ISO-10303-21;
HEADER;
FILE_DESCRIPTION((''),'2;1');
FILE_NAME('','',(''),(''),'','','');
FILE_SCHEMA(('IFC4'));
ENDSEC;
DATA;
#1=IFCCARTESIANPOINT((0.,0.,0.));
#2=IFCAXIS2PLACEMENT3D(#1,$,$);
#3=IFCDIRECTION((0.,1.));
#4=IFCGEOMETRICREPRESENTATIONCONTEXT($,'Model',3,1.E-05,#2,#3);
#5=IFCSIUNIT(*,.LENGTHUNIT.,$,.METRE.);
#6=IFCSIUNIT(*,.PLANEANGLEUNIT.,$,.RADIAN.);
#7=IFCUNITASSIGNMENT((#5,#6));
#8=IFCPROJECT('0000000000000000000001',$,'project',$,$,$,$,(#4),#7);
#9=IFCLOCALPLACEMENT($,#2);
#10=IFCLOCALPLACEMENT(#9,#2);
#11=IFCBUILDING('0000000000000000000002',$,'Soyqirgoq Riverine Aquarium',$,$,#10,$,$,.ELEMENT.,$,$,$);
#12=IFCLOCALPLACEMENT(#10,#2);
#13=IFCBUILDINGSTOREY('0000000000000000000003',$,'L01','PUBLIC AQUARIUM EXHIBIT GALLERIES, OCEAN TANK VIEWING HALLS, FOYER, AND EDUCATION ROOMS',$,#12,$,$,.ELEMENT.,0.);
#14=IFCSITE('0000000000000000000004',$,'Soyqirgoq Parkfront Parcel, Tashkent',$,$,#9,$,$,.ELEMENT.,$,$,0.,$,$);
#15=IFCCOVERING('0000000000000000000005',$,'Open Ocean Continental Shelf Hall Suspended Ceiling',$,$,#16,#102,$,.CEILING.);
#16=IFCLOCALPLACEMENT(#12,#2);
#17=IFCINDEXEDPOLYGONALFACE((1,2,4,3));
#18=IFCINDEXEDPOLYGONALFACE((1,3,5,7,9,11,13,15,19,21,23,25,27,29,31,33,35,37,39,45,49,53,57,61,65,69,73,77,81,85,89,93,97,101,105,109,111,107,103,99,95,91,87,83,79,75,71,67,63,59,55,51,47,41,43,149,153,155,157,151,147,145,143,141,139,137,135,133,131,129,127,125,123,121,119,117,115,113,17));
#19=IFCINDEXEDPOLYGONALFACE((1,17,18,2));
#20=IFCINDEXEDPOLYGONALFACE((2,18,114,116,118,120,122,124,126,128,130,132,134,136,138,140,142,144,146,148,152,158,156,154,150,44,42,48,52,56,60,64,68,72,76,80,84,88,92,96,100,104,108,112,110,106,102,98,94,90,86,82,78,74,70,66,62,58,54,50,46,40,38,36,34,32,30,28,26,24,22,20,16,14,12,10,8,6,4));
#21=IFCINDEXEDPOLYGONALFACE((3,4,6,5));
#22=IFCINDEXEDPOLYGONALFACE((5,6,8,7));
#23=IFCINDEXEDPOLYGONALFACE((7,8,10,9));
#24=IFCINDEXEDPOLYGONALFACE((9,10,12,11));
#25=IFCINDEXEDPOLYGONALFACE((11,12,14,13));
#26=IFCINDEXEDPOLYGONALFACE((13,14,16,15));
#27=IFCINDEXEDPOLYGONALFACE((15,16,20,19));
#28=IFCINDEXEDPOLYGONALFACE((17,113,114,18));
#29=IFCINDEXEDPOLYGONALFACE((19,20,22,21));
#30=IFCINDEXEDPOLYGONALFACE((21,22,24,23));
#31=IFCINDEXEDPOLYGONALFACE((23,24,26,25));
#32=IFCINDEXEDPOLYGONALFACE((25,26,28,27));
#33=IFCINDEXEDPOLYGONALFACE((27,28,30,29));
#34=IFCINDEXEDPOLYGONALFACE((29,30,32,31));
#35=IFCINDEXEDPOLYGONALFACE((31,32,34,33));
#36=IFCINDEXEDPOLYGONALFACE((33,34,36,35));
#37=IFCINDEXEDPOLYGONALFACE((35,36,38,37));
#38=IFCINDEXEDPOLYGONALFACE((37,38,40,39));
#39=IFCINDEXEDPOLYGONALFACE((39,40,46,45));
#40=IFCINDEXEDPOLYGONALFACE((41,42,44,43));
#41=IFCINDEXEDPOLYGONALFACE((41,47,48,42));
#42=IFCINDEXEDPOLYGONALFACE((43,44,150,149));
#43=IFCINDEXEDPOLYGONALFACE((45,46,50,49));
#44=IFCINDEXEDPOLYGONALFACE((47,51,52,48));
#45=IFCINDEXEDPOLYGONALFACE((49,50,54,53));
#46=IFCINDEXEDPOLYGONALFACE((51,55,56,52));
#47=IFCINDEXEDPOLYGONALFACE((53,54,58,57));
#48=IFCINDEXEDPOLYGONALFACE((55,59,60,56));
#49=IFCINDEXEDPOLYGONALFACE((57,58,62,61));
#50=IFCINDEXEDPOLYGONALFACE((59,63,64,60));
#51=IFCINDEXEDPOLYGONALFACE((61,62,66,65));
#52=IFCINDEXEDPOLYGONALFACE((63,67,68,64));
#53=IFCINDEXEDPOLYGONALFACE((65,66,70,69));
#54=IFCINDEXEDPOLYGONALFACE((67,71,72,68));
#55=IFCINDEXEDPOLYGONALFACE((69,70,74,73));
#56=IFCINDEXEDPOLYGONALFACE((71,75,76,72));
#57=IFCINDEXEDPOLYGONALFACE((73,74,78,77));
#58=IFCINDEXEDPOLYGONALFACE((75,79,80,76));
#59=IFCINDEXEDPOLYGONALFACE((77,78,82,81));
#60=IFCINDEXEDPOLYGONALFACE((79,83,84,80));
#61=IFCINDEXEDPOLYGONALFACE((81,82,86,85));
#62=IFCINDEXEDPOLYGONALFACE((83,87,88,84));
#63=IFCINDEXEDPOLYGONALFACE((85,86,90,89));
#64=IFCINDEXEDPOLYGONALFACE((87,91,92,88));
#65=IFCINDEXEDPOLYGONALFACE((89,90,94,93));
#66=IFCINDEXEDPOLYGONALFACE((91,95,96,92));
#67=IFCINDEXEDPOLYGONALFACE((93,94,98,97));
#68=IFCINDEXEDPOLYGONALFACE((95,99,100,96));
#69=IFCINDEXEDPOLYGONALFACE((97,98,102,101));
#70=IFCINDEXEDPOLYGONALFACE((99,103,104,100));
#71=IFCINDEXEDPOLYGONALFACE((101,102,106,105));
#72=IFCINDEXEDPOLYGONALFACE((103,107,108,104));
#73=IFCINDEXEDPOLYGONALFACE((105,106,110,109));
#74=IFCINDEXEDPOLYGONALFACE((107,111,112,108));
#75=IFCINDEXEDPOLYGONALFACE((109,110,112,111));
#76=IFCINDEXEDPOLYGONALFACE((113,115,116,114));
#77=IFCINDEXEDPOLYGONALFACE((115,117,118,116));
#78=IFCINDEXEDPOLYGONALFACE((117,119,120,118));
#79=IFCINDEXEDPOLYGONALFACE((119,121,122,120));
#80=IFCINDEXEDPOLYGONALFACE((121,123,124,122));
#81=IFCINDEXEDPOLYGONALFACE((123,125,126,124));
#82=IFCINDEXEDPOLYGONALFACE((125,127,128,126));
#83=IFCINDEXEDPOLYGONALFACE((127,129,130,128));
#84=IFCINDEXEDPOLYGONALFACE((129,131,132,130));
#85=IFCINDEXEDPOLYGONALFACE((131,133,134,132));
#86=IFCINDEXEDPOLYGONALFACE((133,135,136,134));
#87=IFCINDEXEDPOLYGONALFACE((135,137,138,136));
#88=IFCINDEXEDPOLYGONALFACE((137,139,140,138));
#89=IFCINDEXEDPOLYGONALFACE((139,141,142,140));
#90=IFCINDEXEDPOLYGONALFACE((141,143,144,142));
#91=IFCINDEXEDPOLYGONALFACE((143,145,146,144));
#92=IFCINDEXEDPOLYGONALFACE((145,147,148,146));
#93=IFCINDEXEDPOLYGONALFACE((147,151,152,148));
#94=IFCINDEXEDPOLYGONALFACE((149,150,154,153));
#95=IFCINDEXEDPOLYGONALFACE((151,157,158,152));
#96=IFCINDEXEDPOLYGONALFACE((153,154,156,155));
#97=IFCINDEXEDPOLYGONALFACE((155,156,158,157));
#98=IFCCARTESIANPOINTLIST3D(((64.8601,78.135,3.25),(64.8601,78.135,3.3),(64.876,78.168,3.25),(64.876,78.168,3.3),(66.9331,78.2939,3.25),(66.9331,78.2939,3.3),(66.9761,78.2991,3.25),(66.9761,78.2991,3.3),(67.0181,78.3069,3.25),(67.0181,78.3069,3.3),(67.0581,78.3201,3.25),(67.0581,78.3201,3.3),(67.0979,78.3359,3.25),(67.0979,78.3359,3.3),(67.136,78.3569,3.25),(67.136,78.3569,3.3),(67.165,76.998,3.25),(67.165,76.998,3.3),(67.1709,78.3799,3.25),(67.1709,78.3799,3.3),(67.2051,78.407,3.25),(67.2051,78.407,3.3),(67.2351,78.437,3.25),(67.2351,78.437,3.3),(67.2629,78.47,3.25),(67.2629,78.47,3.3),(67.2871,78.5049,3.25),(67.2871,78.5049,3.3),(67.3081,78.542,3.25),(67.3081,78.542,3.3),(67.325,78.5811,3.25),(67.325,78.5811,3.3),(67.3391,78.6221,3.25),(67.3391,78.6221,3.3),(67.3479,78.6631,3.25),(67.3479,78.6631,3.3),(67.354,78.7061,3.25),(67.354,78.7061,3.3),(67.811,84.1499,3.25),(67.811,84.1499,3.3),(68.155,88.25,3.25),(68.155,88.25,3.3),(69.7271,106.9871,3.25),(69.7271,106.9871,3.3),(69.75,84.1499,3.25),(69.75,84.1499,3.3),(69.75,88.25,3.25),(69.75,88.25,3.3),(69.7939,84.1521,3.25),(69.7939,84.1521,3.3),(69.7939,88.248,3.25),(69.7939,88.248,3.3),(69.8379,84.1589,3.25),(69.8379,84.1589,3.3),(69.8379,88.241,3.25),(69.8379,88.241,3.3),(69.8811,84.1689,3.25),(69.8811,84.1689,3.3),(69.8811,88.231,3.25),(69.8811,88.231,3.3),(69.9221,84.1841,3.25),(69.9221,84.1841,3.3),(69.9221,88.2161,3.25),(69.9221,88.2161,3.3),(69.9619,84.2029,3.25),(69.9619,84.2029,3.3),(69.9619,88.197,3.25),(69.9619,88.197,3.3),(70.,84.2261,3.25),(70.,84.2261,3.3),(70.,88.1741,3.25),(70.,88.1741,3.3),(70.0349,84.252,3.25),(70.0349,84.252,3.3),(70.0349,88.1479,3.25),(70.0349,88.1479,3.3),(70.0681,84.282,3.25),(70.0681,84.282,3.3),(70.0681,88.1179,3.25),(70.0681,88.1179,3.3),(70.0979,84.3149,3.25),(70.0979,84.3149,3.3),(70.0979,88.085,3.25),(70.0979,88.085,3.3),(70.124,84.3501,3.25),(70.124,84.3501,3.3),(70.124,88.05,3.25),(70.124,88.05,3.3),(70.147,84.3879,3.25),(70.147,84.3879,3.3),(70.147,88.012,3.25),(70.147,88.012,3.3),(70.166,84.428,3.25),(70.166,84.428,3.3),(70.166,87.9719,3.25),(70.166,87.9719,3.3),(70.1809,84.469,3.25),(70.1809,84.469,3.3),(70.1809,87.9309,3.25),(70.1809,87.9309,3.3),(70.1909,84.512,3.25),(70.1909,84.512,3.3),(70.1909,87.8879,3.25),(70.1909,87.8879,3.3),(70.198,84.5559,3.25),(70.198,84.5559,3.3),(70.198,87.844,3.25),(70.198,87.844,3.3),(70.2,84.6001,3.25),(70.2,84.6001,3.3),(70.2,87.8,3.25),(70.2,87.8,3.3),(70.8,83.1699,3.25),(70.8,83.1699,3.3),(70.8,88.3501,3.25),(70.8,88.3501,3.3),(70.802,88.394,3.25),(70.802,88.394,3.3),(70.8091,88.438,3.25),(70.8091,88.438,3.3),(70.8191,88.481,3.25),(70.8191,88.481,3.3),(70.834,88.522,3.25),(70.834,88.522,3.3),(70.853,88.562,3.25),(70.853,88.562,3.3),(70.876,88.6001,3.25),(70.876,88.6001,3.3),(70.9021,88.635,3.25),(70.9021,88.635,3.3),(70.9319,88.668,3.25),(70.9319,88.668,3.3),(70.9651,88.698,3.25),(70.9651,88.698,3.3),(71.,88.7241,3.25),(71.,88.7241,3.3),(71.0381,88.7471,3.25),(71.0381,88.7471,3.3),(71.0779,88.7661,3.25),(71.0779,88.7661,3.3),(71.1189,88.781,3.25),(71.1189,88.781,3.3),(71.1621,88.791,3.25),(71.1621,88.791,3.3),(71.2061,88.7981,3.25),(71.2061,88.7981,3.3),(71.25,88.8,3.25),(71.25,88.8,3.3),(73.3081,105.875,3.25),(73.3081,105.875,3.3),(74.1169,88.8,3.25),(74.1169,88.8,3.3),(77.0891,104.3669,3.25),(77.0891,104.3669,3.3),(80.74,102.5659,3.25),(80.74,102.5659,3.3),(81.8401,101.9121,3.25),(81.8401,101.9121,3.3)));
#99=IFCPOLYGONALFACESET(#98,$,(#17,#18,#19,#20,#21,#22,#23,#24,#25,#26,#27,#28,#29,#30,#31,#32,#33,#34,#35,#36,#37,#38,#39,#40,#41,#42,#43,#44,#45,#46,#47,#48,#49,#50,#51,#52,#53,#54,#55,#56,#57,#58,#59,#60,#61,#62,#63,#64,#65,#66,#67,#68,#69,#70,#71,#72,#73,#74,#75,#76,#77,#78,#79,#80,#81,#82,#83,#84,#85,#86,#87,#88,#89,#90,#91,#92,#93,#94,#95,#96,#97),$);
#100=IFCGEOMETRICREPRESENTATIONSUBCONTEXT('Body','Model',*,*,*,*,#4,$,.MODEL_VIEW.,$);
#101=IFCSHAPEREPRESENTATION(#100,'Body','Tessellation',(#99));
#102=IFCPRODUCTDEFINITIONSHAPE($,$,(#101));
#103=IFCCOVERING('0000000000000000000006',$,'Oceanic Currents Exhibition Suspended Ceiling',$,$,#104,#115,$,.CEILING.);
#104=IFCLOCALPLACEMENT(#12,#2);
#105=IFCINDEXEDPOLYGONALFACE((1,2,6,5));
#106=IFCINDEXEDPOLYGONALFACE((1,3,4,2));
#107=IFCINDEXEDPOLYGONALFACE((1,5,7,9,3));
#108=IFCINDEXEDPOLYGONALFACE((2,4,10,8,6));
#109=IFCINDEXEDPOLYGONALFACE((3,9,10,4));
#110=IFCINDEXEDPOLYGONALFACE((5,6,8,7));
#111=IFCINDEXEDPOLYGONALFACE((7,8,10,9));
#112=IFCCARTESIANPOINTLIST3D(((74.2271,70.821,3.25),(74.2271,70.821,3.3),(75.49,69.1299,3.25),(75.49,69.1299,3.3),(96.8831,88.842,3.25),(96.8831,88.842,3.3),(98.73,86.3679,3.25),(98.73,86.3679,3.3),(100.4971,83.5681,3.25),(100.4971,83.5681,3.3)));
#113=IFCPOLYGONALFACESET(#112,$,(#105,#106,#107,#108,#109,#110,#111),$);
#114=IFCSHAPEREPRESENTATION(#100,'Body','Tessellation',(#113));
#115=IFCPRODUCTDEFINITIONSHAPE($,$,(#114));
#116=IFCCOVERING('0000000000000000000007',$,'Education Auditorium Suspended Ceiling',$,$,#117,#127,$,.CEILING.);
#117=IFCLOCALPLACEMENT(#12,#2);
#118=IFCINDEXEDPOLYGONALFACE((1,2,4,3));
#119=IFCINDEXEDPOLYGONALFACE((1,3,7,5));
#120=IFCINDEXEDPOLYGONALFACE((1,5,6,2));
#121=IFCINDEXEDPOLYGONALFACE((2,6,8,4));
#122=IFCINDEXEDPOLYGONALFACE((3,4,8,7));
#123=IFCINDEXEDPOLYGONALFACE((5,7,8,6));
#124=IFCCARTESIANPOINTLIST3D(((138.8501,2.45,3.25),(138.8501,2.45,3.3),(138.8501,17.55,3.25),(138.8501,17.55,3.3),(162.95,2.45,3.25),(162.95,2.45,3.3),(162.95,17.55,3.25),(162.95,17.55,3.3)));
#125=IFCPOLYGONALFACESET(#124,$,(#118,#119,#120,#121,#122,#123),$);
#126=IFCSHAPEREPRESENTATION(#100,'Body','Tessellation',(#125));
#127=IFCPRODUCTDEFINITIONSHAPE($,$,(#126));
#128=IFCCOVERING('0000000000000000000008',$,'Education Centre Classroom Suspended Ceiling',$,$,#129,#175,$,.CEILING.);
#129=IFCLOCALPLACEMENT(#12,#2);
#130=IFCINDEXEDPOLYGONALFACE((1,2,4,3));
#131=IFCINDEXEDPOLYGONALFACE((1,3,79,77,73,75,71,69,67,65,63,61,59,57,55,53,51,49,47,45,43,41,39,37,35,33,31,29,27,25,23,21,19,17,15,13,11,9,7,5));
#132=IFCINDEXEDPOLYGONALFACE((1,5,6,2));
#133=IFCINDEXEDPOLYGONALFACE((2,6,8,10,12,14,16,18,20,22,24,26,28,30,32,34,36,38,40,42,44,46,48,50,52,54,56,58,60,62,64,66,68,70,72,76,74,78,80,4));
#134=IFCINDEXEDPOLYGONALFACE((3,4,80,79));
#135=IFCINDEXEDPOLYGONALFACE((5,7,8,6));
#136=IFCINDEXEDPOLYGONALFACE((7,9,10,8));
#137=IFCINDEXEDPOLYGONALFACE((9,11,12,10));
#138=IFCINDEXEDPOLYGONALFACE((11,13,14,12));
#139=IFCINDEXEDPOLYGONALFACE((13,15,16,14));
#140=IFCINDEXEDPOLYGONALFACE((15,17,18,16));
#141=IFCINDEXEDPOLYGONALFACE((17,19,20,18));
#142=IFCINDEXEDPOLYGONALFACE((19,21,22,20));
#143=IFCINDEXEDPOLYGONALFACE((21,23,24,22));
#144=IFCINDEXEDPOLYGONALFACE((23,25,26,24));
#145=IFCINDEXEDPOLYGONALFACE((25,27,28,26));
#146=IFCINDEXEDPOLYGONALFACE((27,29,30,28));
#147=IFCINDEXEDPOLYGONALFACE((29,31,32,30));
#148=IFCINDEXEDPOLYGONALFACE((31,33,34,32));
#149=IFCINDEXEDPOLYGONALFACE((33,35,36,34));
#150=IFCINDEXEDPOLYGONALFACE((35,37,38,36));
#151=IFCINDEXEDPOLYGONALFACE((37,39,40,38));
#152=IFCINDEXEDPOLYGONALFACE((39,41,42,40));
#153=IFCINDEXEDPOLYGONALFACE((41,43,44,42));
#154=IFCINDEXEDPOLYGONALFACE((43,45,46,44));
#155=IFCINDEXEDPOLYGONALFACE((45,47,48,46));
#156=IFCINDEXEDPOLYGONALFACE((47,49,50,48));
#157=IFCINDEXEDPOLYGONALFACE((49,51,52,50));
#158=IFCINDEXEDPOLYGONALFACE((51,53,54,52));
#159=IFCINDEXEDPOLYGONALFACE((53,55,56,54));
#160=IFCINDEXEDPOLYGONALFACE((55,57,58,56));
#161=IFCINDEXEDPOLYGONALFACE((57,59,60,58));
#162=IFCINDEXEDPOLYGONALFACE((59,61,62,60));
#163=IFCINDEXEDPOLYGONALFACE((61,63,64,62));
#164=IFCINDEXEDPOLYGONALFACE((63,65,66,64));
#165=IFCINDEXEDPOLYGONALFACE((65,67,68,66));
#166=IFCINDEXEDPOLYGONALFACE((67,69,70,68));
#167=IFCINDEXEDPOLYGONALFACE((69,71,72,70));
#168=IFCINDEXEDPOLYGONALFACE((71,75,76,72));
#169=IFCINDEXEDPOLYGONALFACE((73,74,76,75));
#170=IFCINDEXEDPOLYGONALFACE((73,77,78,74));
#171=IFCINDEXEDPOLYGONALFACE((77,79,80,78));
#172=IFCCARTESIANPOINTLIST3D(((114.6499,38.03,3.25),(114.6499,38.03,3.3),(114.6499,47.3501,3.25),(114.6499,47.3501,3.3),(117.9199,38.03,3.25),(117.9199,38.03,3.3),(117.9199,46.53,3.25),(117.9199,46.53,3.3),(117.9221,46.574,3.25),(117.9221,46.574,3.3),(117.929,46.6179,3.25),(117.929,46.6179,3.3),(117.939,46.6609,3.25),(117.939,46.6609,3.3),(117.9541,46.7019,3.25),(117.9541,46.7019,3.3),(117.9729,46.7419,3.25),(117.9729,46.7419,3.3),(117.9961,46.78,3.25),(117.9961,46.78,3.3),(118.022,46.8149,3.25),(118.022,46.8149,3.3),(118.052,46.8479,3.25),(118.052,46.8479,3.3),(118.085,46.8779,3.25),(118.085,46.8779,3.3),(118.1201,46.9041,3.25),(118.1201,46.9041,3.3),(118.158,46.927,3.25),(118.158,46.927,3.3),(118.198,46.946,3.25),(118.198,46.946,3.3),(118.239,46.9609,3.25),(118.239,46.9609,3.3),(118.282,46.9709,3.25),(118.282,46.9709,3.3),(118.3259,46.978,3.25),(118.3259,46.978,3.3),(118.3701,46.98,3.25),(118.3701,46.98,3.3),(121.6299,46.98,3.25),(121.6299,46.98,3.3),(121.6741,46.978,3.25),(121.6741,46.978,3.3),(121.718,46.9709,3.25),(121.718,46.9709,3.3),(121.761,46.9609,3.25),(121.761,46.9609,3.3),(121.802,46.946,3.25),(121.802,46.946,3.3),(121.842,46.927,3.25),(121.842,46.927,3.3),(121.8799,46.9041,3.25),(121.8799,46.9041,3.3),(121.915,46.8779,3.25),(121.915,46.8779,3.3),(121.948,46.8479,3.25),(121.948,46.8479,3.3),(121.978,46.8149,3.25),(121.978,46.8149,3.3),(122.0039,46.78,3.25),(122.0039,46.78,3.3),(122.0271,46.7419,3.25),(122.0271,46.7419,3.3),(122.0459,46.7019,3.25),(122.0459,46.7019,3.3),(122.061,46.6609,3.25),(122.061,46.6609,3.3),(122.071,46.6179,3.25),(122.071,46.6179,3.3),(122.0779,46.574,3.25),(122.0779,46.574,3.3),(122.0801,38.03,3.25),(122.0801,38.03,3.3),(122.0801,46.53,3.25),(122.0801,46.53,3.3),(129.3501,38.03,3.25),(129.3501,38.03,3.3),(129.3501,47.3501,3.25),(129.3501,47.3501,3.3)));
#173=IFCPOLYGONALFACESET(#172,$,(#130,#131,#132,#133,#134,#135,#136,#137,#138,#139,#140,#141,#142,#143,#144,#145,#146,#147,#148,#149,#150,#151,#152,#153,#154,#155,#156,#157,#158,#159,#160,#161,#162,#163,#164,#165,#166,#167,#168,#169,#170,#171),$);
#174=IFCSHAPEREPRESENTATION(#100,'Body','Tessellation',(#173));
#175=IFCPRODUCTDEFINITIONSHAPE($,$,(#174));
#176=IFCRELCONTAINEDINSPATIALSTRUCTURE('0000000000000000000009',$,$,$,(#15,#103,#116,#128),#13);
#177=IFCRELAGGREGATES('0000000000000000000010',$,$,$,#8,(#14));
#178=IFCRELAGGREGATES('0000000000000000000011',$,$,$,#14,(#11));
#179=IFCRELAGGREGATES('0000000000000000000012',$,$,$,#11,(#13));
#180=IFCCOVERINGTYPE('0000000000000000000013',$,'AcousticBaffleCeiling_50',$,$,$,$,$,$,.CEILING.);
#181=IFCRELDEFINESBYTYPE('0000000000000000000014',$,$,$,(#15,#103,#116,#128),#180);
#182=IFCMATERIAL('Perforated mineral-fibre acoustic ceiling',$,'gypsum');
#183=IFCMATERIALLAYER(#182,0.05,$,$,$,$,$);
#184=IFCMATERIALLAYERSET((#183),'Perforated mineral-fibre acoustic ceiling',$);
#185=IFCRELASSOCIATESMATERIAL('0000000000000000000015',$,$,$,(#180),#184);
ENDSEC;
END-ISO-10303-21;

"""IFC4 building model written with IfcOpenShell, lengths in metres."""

from ifc_helpers import new_model, si_unit, direction, frame, origin, place, context, subcontext, project, spatial, polyline, outline, extrude, material, layer, layer_set, type_object, element, save


model = new_model("IFC4")

# Units and contexts
model_context = context("Model", 3, precision=1e-05, world=origin(), true_north=direction((0.0, 1.0)))
body_context = subcontext(model_context, "Body", "Model", "MODEL_VIEW")
ifc_project = project(units=[si_unit("LENGTHUNIT", "METRE"), si_unit("PLANEANGLEUNIT", "RADIAN")], contexts=[model_context])

# Site, building, storey
site_placement = place(None, origin())
site = spatial("IfcSite", under=ifc_project, at=site_placement, Name="Soyqirgoq Parkfront Parcel, Tashkent", CompositionType="ELEMENT", RefElevation=0.0)
building_placement = place(site_placement, origin())
building = spatial("IfcBuilding", under=site, at=building_placement, Name="Soyqirgoq Riverine Aquarium", CompositionType="ELEMENT")
storey_placement = place(building_placement, origin())
storey = spatial("IfcBuildingStorey", under=building, at=storey_placement, Name="L01", Description="PUBLIC AQUARIUM EXHIBIT GALLERIES, OCEAN TANK VIEWING HALLS, FOYER, AND EDUCATION ROOMS", CompositionType="ELEMENT", Elevation=0.0)

# Coverings
ifc_material_1 = material(Name="Perforated mineral-fibre acoustic ceiling", Category="gypsum")
ifc_layer_1 = layer(ifc_material_1, 0.05)
ifc_layer_set_1 = layer_set([ifc_layer_1], Name="Perforated mineral-fibre acoustic ceiling")
covering_type_1 = type_object("IfcCoveringType", Name="AcousticBaffleCeiling_50", PredefinedType="CEILING", material=ifc_layer_set_1)
covering_1_placement = place(storey_placement, frame((0.0, 0.0, 3.25)))
element("IfcCovering", 1, at=covering_1_placement, inside=storey, type_object=covering_type_1, Name="Open Ocean Continental Shelf Hall Suspended Ceiling", PredefinedType="CEILING", context=body_context, shape_type="SweptSolid", body=[
    extrude(outline(polyline([(64.876, 78.168), (66.9331, 78.2939), (66.9761, 78.2991), (67.0181, 78.3069), (67.0581, 78.3201), (67.0979, 78.3359), (67.136, 78.3569), (67.1709, 78.3799), (67.2051, 78.407), (67.2351, 78.437), (67.2629, 78.47), (67.2871, 78.5049), (67.3081, 78.542), (67.325, 78.5811), (67.3391, 78.6221), (67.3479, 78.6631), (67.354, 78.7061), (67.811, 84.1499), (69.75, 84.1499), (69.7939, 84.1521), (69.8379, 84.1589), (69.8811, 84.1689), (69.9221, 84.1841), (69.9619, 84.2029), (70.0, 84.2261), (70.0349, 84.252), (70.0681, 84.282), (70.0979, 84.3149), (70.124, 84.3501), (70.147, 84.3879), (70.166, 84.428), (70.1809, 84.469), (70.1909, 84.512), (70.198, 84.5559), (70.2, 84.6001), (70.2, 87.8), (70.198, 87.844), (70.1909, 87.8879), (70.1809, 87.9309), (70.166, 87.9719), (70.147, 88.012), (70.124, 88.05), (70.0979, 88.085), (70.0681, 88.1179), (70.0349, 88.1479), (70.0, 88.1741), (69.9619, 88.197), (69.9221, 88.2161), (69.8811, 88.231), (69.8379, 88.241), (69.7939, 88.248), (69.75, 88.25), (68.155, 88.25), (69.7271, 106.9871), (73.3081, 105.875), (77.0891, 104.3669), (80.74, 102.5659), (81.8401, 101.9121), (74.1169, 88.8), (71.25, 88.8), (71.2061, 88.7981), (71.1621, 88.791), (71.1189, 88.781), (71.0779, 88.7661), (71.0381, 88.7471), (71.0, 88.7241), (70.9651, 88.698), (70.9319, 88.668), (70.9021, 88.635), (70.876, 88.6001), (70.853, 88.562), (70.834, 88.522), (70.8191, 88.481), (70.8091, 88.438), (70.802, 88.394), (70.8, 88.3501), (70.8, 83.1699), (67.165, 76.998), (64.8601, 78.135), (64.876, 78.168)])), origin(), (0.0, 0.0, 1.0), 0.05),
])
covering_2_placement = place(storey_placement, frame((0.0, 0.0, 3.25)))
element("IfcCovering", 2, at=covering_2_placement, inside=storey, type_object=covering_type_1, Name="Oceanic Currents Exhibition Suspended Ceiling", PredefinedType="CEILING", context=body_context, shape_type="SweptSolid", body=[
    extrude(outline(polyline([(98.73, 86.3679), (100.4971, 83.5681), (75.49, 69.1299), (74.2271, 70.821), (96.8831, 88.842), (98.73, 86.3679)])), origin(), (0.0, 0.0, 1.0), 0.05),
])
covering_3_placement = place(storey_placement, frame((0.0, 0.0, 3.25)))
element("IfcCovering", 3, at=covering_3_placement, inside=storey, type_object=covering_type_1, Name="Education Auditorium Suspended Ceiling", PredefinedType="CEILING", context=body_context, shape_type="SweptSolid", body=[
    extrude(outline(polyline([(138.8501, 2.45), (138.8501, 17.55), (162.95, 17.55), (162.95, 2.45), (138.8501, 2.45)])), origin(), (0.0, 0.0, 1.0), 0.05),
])
covering_4_placement = place(storey_placement, frame((0.0, 0.0, 3.25)))
element("IfcCovering", 4, at=covering_4_placement, inside=storey, type_object=covering_type_1, Name="Education Centre Classroom Suspended Ceiling", PredefinedType="CEILING", context=body_context, shape_type="SweptSolid", body=[
    extrude(outline(polyline([(114.6499, 47.3501), (129.3501, 47.3501), (129.3501, 38.03), (122.0801, 38.03), (122.0801, 46.53), (122.0779, 46.574), (122.071, 46.6179), (122.061, 46.6609), (122.0459, 46.7019), (122.0271, 46.7419), (122.0039, 46.78), (121.978, 46.8149), (121.948, 46.8479), (121.915, 46.8779), (121.8799, 46.9041), (121.842, 46.927), (121.802, 46.946), (121.761, 46.9609), (121.718, 46.9709), (121.6741, 46.978), (121.6299, 46.98), (118.3701, 46.98), (118.3259, 46.978), (118.282, 46.9709), (118.239, 46.9609), (118.198, 46.946), (118.158, 46.927), (118.1201, 46.9041), (118.085, 46.8779), (118.052, 46.8479), (118.022, 46.8149), (117.9961, 46.78), (117.9729, 46.7419), (117.9541, 46.7019), (117.939, 46.6609), (117.929, 46.6179), (117.9221, 46.574), (117.9199, 46.53), (117.9199, 38.03), (114.6499, 38.03), (114.6499, 47.3501)])), origin(), (0.0, 0.0, 1.0), 0.05),
])

save(model, "model.ifc")
